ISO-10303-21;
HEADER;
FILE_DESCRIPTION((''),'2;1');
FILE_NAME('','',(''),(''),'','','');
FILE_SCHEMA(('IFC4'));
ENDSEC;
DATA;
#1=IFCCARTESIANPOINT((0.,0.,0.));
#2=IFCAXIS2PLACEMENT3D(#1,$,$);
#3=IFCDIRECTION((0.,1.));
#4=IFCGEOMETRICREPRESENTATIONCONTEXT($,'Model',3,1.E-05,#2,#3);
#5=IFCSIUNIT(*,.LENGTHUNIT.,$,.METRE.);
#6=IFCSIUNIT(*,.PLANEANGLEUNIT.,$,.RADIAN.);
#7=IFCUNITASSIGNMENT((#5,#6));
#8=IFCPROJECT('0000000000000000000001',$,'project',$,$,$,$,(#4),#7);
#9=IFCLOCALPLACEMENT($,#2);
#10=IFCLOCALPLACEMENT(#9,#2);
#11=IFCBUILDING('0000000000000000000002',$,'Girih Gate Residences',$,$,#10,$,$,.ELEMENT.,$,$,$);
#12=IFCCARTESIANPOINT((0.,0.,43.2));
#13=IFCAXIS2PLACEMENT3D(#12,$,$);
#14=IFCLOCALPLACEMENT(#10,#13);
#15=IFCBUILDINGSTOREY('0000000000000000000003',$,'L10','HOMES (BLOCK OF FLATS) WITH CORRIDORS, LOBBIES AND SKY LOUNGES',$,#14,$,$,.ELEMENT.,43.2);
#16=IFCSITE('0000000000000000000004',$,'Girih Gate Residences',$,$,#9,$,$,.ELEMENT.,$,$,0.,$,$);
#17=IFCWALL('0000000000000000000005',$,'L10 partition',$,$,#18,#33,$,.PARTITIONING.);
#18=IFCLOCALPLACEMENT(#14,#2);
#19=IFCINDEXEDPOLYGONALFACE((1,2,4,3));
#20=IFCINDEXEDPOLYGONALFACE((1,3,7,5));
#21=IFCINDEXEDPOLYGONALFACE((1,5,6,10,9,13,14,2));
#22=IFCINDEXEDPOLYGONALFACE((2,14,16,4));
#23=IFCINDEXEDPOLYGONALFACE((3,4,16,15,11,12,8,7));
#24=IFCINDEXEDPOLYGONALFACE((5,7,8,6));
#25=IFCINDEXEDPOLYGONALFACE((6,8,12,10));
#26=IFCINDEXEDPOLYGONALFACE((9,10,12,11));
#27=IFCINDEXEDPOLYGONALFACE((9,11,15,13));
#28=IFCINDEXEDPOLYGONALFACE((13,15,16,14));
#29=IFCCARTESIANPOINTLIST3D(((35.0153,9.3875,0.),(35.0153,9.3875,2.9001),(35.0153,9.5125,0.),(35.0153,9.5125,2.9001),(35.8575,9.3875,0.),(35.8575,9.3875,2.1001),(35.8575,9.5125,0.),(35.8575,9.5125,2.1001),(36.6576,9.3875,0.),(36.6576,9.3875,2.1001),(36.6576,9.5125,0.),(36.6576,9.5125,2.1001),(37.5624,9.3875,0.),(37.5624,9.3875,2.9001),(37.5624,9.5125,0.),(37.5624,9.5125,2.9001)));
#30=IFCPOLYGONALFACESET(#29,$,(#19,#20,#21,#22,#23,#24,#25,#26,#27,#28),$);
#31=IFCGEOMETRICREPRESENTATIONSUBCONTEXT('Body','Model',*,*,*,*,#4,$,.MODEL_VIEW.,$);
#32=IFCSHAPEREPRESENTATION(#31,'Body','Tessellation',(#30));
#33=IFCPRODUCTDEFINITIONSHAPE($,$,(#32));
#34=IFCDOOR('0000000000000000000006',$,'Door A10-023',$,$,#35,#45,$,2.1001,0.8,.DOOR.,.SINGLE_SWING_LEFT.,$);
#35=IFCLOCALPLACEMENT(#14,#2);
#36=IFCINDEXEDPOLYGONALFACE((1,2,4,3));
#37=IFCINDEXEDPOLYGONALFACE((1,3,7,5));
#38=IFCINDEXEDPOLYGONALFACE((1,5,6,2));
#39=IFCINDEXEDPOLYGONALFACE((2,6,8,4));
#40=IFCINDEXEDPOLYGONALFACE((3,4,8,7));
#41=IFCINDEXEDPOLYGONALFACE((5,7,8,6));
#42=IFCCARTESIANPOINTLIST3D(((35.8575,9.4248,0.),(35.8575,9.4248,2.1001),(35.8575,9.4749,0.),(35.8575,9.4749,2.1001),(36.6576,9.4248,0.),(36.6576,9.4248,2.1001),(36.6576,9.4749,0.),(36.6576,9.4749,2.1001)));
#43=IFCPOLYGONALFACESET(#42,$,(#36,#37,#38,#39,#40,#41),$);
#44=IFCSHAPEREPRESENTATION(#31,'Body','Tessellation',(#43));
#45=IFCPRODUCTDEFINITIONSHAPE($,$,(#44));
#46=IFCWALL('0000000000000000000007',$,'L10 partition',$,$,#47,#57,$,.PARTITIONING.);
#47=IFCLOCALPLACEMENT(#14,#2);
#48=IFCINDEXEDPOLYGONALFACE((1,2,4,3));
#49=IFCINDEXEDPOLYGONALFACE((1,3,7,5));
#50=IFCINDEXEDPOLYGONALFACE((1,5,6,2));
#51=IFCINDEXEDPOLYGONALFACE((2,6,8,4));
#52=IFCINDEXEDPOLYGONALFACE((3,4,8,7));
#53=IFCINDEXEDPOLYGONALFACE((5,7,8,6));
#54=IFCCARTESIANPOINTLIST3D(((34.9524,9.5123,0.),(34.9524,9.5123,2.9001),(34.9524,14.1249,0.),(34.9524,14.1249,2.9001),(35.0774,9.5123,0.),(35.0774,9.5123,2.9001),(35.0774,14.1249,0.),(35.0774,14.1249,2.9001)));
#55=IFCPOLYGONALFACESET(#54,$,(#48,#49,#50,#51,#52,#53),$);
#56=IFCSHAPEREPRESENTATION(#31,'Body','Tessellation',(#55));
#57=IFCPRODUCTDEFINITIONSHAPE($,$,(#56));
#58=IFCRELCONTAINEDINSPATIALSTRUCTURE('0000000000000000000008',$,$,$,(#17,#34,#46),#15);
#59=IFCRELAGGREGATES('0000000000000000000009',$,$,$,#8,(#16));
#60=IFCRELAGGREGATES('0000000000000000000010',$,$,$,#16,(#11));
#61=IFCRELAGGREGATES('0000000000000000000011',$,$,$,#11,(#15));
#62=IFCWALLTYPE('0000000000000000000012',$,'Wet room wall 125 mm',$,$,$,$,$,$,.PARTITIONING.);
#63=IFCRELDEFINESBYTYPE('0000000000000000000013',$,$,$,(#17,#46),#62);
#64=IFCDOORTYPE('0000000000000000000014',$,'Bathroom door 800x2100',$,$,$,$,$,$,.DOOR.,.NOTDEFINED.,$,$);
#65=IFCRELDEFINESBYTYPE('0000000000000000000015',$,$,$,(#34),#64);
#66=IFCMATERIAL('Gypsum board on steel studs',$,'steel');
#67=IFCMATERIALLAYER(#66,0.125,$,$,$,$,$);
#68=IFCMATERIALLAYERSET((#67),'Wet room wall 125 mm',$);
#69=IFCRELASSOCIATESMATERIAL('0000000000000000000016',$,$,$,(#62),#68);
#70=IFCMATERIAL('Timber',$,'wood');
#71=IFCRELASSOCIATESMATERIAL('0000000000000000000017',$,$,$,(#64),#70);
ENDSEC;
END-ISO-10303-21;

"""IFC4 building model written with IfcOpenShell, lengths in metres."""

from ifc_helpers import new_model, si_unit, direction, frame, frame_2d, origin, place, context, subcontext, project, spatial, rectangle, extrude, material, layer, layer_set, type_object, element, fill, save


model = new_model("IFC4")

# Units and contexts
model_context = context("Model", 3, precision=1e-05, world=origin(), true_north=direction((0.0, 1.0)))
body_context = subcontext(model_context, "Body", "Model", "MODEL_VIEW")
ifc_project = project(units=[si_unit("LENGTHUNIT", "METRE"), si_unit("PLANEANGLEUNIT", "RADIAN")], contexts=[model_context])

# Site, building, storey
site_placement = place(None, origin())
site = spatial("IfcSite", under=ifc_project, at=site_placement, Name="Girih Gate Residences", CompositionType="ELEMENT", RefElevation=0.0)
building_placement = place(site_placement, origin())
building = spatial("IfcBuilding", under=site, at=building_placement, Name="Girih Gate Residences", CompositionType="ELEMENT")
storey_placement = place(building_placement, frame((0.0, 0.0, 43.2)))
storey = spatial("IfcBuildingStorey", under=building, at=storey_placement, Name="L10", Description="HOMES (BLOCK OF FLATS) WITH CORRIDORS, LOBBIES AND SKY LOUNGES", CompositionType="ELEMENT", Elevation=43.2)

# Shared definitions
ifc_material_1 = material(Name="Gypsum board on steel studs", Category="steel")

# Shared definitions
ifc_material_2 = material(Name="Timber", Category="wood")

# Wall, opening, door
ifc_layer_1 = layer(ifc_material_1, 0.125)
ifc_layer_set_1 = layer_set([ifc_layer_1], Name="Wet room wall 125 mm")
wall_type_1 = type_object("IfcWallType", Name="Wet room wall 125 mm", PredefinedType="PARTITIONING", material=ifc_layer_set_1)
wall_1_placement = place(storey_placement, frame((35.0154, 9.45, 0.0), z_axis=(0.0, 0.0, 1.0), x_axis=(1.0, 0.0, 0.0)))
wall_1 = element("IfcWall", 1, at=wall_1_placement, inside=storey, type_object=wall_type_1, Name="L10 partition", PredefinedType="PARTITIONING", context=body_context, shape_type="SweptSolid", body=[
    extrude(rectangle(XDim=2.5471, YDim=0.125, at=frame_2d((1.2734, 0.0))), origin(), (0.0, 0.0, 1.0), 2.9001),
])
opening_1_placement = place(wall_1_placement, frame((0.8423, 0.0, 0.0)))
opening_1 = element("IfcOpeningElement", 2, at=opening_1_placement, cuts=wall_1, PredefinedType="OPENING", context=body_context, shape_type="SweptSolid", body=[
    extrude(rectangle(XDim=0.8, YDim=2.1001, at=frame_2d((0.3999, 1.05))), frame((0.0, 0.0725, 0.0), z_axis=(0.0, -1.0, 0.0), x_axis=(1.0, 0.0, 0.0)), (0.0, 0.0, 1.0), 0.145),
])
door_type_1 = type_object("IfcDoorType", Name="Bathroom door 800x2100", OperationType="NOTDEFINED", PredefinedType="DOOR", material=ifc_material_2)
door_1_placement = place(opening_1_placement, origin())
door_1 = element("IfcDoor", 3, at=door_1_placement, inside=storey, type_object=door_type_1, Name="Door A10-023", OperationType="SINGLE_SWING_LEFT", OverallHeight=2.1001, OverallWidth=0.8, PredefinedType="DOOR", context=body_context, shape_type="SweptSolid", body=[
    extrude(rectangle(XDim=0.8, YDim=2.1001, at=frame_2d((0.3999, 1.05))), frame((0.0, 0.0249, 0.0), z_axis=(0.0, -1.0, 0.0), x_axis=(1.0, 0.0, 0.0)), (0.0, 0.0, 1.0), 0.05),
])
fill(opening_1, door_1)

# Wall
wall_2_placement = place(storey_placement, frame((35.0149, 9.5125, 0.0), z_axis=(0.0, 0.0, 1.0), x_axis=(0.0, 1.0, 0.0)))
element("IfcWall", 4, at=wall_2_placement, inside=storey, type_object=wall_type_1, Name="L10 partition", PredefinedType="PARTITIONING", context=body_context, shape_type="SweptSolid", body=[
    extrude(rectangle(XDim=4.6125, YDim=0.125, at=frame_2d((2.3062, 0.0))), origin(), (0.0, 0.0, 1.0), 2.9001),
])

save(model, "model.ifc")
